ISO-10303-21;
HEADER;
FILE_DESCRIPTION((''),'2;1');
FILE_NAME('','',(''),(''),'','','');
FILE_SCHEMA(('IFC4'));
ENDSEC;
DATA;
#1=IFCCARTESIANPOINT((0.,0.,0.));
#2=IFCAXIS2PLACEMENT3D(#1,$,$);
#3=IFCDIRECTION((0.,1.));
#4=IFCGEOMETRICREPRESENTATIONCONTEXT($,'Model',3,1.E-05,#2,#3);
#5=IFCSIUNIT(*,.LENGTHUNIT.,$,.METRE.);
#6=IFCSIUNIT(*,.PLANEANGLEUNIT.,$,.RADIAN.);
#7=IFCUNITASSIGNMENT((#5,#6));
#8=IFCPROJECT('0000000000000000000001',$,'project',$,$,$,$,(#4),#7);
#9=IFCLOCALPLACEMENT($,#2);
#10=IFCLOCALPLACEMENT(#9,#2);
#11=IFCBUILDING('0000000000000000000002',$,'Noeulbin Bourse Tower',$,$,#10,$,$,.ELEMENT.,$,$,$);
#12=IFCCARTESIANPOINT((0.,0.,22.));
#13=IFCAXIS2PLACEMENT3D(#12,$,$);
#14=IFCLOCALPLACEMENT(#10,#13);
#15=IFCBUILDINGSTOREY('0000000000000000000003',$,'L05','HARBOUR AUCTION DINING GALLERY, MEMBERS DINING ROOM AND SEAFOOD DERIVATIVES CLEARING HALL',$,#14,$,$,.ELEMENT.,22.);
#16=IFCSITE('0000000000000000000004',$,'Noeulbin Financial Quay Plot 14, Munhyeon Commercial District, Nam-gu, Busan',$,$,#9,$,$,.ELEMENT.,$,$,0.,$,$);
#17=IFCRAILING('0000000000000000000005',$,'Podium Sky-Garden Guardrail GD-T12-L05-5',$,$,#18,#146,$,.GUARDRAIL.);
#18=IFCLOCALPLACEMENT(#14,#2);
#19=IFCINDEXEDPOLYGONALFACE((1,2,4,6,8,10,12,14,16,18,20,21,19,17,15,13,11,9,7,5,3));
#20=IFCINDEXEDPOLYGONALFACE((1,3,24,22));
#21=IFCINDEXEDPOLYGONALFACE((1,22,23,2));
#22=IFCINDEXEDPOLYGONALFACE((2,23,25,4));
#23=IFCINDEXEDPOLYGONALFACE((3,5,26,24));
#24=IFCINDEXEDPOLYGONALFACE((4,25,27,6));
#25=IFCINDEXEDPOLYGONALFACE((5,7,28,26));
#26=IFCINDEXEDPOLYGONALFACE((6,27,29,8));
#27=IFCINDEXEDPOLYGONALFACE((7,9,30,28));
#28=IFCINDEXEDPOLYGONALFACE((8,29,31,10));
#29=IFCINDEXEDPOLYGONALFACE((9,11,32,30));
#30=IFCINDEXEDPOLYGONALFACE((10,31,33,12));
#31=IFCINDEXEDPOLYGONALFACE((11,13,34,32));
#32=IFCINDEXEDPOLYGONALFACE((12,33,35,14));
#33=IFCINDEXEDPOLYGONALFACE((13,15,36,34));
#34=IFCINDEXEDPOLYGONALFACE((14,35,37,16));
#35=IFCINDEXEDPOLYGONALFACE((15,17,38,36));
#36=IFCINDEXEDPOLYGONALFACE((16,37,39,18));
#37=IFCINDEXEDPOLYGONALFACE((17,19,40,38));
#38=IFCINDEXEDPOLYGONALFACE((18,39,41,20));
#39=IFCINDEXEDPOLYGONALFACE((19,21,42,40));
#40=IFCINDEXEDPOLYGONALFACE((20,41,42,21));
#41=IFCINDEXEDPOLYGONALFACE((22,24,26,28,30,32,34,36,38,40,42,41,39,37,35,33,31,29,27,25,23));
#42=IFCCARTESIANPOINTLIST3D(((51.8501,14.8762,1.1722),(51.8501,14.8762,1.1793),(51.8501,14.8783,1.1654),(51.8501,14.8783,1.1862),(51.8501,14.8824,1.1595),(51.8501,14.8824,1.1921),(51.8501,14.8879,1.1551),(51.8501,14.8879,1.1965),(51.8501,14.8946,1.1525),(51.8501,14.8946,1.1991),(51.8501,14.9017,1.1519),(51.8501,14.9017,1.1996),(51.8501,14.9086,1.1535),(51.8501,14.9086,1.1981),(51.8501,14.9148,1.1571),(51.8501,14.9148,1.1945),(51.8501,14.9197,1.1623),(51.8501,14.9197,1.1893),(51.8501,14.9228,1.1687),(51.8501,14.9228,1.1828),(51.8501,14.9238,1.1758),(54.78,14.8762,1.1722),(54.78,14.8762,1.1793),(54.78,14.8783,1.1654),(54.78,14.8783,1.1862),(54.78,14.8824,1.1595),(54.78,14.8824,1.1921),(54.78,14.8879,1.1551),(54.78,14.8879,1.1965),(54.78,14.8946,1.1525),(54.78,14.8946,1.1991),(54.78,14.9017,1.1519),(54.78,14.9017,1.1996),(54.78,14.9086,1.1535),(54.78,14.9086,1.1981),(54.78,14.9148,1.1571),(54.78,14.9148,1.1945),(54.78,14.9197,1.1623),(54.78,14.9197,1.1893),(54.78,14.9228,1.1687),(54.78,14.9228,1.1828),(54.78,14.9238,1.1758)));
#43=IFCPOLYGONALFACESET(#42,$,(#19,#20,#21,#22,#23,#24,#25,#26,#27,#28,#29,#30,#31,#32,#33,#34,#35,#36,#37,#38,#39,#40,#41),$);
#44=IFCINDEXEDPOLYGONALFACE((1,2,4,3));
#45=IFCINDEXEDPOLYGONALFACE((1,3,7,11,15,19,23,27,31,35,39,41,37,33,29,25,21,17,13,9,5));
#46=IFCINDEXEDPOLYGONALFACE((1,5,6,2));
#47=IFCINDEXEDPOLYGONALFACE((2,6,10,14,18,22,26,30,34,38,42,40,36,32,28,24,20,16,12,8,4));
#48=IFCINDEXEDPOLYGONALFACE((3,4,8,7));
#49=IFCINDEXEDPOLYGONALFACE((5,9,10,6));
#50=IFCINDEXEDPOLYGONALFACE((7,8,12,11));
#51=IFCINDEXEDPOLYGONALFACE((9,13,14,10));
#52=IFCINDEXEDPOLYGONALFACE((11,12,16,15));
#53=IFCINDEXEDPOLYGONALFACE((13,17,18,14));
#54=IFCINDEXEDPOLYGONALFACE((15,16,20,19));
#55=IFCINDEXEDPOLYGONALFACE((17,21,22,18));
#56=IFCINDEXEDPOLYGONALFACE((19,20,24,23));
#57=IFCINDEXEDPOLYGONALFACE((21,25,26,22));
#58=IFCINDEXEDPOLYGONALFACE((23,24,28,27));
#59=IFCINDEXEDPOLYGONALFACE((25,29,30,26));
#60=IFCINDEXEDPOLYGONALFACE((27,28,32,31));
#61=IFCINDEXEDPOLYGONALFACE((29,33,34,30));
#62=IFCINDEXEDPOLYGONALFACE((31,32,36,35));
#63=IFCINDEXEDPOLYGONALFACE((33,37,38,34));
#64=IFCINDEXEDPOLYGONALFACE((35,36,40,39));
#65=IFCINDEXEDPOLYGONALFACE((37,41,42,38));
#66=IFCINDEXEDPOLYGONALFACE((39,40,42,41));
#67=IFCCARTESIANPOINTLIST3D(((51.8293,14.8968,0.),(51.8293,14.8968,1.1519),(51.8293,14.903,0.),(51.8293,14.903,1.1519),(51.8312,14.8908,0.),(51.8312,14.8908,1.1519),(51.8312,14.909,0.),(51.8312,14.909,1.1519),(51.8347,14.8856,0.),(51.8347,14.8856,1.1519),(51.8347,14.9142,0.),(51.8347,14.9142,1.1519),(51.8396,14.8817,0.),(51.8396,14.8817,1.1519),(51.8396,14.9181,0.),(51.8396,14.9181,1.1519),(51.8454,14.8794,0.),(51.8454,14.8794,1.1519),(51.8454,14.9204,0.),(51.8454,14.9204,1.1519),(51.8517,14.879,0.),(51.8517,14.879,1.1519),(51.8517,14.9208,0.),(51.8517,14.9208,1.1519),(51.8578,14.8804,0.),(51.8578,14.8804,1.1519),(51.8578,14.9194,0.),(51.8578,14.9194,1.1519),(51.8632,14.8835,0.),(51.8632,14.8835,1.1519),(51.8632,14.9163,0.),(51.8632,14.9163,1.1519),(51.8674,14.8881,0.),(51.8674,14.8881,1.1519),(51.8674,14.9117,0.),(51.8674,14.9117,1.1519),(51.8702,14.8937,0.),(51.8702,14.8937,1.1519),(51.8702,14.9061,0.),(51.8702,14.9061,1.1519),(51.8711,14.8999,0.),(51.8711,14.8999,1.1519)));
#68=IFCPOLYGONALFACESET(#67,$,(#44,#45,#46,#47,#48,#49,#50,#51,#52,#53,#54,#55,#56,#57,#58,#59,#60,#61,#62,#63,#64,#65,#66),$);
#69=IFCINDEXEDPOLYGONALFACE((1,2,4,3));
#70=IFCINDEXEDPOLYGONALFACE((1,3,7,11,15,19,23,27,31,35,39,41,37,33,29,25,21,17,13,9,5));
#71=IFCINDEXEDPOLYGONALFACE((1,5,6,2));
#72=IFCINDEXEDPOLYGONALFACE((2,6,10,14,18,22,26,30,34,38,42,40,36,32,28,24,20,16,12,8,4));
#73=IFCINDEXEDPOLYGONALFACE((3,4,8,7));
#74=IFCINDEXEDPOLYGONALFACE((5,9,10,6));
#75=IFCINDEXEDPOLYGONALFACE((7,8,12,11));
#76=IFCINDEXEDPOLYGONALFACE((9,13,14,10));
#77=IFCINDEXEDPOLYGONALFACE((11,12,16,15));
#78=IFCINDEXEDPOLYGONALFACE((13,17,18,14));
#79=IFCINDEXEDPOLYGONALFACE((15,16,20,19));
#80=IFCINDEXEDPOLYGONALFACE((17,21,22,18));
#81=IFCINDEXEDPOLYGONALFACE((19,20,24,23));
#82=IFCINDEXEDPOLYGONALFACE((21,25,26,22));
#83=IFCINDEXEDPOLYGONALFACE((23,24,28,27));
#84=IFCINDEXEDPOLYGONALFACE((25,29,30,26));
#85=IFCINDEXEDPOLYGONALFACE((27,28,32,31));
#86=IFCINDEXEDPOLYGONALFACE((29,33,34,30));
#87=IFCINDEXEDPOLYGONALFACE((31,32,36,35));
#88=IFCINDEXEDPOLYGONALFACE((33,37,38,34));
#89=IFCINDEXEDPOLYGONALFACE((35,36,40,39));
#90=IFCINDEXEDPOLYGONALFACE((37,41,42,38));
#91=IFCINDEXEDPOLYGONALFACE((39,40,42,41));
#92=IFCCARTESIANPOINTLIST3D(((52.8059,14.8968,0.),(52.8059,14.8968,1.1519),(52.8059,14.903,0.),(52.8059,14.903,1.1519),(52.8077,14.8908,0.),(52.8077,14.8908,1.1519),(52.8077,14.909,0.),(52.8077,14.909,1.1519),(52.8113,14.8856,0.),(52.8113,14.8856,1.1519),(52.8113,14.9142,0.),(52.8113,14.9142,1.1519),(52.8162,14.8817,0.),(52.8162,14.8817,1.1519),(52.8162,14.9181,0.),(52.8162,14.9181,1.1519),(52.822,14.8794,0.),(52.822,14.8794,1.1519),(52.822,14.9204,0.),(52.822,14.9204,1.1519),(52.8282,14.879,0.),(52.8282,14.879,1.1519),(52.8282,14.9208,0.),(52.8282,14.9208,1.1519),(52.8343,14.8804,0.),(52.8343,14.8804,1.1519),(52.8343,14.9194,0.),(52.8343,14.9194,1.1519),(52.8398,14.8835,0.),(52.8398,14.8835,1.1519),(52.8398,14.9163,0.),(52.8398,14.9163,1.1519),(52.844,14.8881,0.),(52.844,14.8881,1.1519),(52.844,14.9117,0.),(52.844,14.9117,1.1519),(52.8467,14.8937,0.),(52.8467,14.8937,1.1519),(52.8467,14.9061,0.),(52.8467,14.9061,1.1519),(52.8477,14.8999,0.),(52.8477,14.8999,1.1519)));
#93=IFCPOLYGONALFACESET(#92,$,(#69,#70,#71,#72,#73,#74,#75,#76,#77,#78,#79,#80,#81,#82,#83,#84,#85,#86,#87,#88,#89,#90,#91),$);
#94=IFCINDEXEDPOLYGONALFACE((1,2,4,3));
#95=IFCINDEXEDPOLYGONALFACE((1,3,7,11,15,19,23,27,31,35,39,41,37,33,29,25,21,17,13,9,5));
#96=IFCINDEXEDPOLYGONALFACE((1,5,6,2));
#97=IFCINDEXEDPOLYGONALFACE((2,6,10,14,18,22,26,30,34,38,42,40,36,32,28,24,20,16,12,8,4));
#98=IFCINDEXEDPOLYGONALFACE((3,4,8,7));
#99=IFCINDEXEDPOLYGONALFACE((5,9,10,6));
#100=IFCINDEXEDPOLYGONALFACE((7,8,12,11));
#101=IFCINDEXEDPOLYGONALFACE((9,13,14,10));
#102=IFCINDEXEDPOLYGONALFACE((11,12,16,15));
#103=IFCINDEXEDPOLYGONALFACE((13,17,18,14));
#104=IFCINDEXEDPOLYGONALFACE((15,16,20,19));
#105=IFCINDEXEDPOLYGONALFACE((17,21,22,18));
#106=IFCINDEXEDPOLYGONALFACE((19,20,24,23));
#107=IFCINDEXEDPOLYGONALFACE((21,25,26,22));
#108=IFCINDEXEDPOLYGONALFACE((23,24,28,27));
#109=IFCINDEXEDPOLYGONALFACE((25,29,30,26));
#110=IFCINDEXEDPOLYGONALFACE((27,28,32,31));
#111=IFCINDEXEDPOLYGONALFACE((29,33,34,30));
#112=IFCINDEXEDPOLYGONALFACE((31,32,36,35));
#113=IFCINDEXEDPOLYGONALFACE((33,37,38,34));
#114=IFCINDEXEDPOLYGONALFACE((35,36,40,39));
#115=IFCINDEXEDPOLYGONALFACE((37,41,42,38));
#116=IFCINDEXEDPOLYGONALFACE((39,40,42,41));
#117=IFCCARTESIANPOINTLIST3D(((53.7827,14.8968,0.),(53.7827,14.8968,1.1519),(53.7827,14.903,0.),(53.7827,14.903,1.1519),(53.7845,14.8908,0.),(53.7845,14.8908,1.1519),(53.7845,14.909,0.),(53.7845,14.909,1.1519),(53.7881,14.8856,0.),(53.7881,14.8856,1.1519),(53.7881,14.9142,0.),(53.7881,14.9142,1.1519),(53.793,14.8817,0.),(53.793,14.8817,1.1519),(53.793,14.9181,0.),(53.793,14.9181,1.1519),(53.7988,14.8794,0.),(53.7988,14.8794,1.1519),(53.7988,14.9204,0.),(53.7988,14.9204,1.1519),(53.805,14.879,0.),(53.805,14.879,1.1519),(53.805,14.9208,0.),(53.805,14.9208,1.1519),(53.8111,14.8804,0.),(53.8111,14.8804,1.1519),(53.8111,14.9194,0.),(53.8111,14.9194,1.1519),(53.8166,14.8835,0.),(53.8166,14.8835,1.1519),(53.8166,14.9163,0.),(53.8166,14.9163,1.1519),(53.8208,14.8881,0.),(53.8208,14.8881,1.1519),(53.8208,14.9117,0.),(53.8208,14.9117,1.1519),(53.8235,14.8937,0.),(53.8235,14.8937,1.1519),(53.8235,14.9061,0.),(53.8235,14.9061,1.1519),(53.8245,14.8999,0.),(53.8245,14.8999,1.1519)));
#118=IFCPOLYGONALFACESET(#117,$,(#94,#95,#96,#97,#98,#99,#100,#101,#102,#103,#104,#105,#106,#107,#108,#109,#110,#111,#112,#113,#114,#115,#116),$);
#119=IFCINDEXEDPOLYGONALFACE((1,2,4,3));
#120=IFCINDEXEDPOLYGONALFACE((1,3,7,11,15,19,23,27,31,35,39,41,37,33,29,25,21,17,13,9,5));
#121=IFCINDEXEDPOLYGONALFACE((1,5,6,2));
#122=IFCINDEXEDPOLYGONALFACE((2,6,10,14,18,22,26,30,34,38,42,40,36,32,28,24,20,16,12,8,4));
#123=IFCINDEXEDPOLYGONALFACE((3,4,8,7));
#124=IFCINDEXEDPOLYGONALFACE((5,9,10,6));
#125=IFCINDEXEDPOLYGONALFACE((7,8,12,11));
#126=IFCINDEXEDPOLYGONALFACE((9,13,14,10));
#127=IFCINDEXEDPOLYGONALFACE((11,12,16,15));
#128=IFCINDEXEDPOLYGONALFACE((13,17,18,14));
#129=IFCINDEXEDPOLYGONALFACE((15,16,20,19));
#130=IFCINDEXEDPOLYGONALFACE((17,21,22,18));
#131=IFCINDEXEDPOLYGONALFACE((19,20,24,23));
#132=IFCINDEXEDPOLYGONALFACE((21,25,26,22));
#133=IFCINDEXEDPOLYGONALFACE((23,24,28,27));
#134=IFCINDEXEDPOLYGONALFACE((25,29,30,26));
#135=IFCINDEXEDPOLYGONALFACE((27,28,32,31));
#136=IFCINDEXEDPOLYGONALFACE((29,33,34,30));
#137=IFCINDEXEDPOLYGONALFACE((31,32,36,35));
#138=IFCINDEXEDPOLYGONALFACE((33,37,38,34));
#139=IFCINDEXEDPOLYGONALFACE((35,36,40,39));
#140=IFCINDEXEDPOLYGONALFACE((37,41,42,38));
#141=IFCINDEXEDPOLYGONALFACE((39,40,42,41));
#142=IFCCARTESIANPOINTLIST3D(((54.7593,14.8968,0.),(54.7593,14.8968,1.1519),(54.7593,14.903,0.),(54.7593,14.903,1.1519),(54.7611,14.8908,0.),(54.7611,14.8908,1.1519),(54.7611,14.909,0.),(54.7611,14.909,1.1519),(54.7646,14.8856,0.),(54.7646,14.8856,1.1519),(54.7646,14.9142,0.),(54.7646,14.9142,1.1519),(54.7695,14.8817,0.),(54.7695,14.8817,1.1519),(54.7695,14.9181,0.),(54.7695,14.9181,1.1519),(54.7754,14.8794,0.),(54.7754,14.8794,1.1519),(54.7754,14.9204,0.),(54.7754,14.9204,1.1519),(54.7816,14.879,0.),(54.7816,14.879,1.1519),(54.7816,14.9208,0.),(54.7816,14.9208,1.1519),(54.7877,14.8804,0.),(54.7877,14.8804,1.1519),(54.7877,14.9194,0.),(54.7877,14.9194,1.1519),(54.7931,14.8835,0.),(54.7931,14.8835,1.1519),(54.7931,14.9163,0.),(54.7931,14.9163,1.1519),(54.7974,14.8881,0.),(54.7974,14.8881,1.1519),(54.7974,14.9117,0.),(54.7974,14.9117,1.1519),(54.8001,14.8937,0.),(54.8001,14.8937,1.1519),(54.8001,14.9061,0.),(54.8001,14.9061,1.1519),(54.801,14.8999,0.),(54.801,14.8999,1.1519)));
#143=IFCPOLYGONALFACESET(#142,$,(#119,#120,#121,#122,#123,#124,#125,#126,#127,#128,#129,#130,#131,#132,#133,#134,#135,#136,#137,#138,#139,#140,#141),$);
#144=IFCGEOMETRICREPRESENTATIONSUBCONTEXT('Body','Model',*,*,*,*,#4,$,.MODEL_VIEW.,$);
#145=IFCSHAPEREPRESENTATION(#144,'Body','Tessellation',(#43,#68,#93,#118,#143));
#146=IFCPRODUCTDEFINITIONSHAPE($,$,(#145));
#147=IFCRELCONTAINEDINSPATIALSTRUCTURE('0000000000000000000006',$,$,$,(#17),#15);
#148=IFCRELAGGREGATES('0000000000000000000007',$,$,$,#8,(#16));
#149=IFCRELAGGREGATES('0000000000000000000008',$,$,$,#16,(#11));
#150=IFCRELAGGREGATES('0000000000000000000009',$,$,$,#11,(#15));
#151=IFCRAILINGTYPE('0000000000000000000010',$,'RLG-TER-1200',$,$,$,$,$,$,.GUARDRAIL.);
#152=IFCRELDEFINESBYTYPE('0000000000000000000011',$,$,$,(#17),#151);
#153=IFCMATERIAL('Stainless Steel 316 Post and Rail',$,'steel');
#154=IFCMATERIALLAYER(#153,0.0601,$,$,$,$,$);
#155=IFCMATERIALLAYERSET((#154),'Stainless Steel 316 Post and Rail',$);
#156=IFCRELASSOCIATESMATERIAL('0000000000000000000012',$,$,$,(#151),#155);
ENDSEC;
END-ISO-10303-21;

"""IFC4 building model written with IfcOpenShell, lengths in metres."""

from ifc_helpers import new_model, si_unit, direction, frame, origin, origin_2d, place, context, subcontext, project, spatial, circle, extrude, material, layer, layer_set, type_object, element, save


model = new_model("IFC4")

# Units and contexts
model_context = context("Model", 3, precision=1e-05, world=origin(), true_north=direction((0.0, 1.0)))
body_context = subcontext(model_context, "Body", "Model", "MODEL_VIEW")
ifc_project = project(units=[si_unit("LENGTHUNIT", "METRE"), si_unit("PLANEANGLEUNIT", "RADIAN")], contexts=[model_context])

# Site, building, storey
site_placement = place(None, origin())
site = spatial("IfcSite", under=ifc_project, at=site_placement, Name="Noeulbin Financial Quay Plot 14, Munhyeon Commercial District, Nam-gu, Busan", CompositionType="ELEMENT", RefElevation=0.0)
building_placement = place(site_placement, origin())
building = spatial("IfcBuilding", under=site, at=building_placement, Name="Noeulbin Bourse Tower", CompositionType="ELEMENT")
storey_placement = place(building_placement, frame((0.0, 0.0, 22.0)))
storey = spatial("IfcBuildingStorey", under=building, at=storey_placement, Name="L05", Description="HARBOUR AUCTION DINING GALLERY, MEMBERS DINING ROOM AND SEAFOOD DERIVATIVES CLEARING HALL", CompositionType="ELEMENT", Elevation=22.0)

# Railing
ifc_material_1 = material(Name="Stainless Steel 316 Post and Rail", Category="steel")
ifc_layer_1 = layer(ifc_material_1, 0.0601)
ifc_layer_set_1 = layer_set([ifc_layer_1], Name="Stainless Steel 316 Post and Rail")
railing_type = type_object("IfcRailingType", Name="RLG-TER-1200", PredefinedType="GUARDRAIL", material=ifc_layer_set_1)
railing_1_placement = place(storey_placement, frame((51.8501, 14.8999, 0.0)))
element("IfcRailing", 1, at=railing_1_placement, inside=storey, type_object=railing_type, Name="Podium Sky-Garden Guardrail GD-T12-L05-5", PredefinedType="GUARDRAIL", context=body_context, shape_type="SweptSolid", body=[
    extrude(circle(Radius=0.0239, at=origin_2d()), frame((0.0, 0.0, 1.1758), z_axis=(1.0, 0.0, 0.0), x_axis=(0.0, 1.0, 0.0)), (0.0, 0.0, 1.0), 2.9299),
    extrude(circle(Radius=0.021, at=origin_2d()), origin(), (0.0, 0.0, 1.0), 1.1519),
    extrude(circle(Radius=0.021, at=origin_2d()), frame((0.9766, 0.0, 0.0)), (0.0, 0.0, 1.0), 1.1519),
    extrude(circle(Radius=0.021, at=origin_2d()), frame((1.9534, 0.0, 0.0)), (0.0, 0.0, 1.0), 1.1519),
    extrude(circle(Radius=0.021, at=origin_2d()), frame((2.9299, 0.0, 0.0)), (0.0, 0.0, 1.0), 1.1519),
])

save(model, "model.ifc")
